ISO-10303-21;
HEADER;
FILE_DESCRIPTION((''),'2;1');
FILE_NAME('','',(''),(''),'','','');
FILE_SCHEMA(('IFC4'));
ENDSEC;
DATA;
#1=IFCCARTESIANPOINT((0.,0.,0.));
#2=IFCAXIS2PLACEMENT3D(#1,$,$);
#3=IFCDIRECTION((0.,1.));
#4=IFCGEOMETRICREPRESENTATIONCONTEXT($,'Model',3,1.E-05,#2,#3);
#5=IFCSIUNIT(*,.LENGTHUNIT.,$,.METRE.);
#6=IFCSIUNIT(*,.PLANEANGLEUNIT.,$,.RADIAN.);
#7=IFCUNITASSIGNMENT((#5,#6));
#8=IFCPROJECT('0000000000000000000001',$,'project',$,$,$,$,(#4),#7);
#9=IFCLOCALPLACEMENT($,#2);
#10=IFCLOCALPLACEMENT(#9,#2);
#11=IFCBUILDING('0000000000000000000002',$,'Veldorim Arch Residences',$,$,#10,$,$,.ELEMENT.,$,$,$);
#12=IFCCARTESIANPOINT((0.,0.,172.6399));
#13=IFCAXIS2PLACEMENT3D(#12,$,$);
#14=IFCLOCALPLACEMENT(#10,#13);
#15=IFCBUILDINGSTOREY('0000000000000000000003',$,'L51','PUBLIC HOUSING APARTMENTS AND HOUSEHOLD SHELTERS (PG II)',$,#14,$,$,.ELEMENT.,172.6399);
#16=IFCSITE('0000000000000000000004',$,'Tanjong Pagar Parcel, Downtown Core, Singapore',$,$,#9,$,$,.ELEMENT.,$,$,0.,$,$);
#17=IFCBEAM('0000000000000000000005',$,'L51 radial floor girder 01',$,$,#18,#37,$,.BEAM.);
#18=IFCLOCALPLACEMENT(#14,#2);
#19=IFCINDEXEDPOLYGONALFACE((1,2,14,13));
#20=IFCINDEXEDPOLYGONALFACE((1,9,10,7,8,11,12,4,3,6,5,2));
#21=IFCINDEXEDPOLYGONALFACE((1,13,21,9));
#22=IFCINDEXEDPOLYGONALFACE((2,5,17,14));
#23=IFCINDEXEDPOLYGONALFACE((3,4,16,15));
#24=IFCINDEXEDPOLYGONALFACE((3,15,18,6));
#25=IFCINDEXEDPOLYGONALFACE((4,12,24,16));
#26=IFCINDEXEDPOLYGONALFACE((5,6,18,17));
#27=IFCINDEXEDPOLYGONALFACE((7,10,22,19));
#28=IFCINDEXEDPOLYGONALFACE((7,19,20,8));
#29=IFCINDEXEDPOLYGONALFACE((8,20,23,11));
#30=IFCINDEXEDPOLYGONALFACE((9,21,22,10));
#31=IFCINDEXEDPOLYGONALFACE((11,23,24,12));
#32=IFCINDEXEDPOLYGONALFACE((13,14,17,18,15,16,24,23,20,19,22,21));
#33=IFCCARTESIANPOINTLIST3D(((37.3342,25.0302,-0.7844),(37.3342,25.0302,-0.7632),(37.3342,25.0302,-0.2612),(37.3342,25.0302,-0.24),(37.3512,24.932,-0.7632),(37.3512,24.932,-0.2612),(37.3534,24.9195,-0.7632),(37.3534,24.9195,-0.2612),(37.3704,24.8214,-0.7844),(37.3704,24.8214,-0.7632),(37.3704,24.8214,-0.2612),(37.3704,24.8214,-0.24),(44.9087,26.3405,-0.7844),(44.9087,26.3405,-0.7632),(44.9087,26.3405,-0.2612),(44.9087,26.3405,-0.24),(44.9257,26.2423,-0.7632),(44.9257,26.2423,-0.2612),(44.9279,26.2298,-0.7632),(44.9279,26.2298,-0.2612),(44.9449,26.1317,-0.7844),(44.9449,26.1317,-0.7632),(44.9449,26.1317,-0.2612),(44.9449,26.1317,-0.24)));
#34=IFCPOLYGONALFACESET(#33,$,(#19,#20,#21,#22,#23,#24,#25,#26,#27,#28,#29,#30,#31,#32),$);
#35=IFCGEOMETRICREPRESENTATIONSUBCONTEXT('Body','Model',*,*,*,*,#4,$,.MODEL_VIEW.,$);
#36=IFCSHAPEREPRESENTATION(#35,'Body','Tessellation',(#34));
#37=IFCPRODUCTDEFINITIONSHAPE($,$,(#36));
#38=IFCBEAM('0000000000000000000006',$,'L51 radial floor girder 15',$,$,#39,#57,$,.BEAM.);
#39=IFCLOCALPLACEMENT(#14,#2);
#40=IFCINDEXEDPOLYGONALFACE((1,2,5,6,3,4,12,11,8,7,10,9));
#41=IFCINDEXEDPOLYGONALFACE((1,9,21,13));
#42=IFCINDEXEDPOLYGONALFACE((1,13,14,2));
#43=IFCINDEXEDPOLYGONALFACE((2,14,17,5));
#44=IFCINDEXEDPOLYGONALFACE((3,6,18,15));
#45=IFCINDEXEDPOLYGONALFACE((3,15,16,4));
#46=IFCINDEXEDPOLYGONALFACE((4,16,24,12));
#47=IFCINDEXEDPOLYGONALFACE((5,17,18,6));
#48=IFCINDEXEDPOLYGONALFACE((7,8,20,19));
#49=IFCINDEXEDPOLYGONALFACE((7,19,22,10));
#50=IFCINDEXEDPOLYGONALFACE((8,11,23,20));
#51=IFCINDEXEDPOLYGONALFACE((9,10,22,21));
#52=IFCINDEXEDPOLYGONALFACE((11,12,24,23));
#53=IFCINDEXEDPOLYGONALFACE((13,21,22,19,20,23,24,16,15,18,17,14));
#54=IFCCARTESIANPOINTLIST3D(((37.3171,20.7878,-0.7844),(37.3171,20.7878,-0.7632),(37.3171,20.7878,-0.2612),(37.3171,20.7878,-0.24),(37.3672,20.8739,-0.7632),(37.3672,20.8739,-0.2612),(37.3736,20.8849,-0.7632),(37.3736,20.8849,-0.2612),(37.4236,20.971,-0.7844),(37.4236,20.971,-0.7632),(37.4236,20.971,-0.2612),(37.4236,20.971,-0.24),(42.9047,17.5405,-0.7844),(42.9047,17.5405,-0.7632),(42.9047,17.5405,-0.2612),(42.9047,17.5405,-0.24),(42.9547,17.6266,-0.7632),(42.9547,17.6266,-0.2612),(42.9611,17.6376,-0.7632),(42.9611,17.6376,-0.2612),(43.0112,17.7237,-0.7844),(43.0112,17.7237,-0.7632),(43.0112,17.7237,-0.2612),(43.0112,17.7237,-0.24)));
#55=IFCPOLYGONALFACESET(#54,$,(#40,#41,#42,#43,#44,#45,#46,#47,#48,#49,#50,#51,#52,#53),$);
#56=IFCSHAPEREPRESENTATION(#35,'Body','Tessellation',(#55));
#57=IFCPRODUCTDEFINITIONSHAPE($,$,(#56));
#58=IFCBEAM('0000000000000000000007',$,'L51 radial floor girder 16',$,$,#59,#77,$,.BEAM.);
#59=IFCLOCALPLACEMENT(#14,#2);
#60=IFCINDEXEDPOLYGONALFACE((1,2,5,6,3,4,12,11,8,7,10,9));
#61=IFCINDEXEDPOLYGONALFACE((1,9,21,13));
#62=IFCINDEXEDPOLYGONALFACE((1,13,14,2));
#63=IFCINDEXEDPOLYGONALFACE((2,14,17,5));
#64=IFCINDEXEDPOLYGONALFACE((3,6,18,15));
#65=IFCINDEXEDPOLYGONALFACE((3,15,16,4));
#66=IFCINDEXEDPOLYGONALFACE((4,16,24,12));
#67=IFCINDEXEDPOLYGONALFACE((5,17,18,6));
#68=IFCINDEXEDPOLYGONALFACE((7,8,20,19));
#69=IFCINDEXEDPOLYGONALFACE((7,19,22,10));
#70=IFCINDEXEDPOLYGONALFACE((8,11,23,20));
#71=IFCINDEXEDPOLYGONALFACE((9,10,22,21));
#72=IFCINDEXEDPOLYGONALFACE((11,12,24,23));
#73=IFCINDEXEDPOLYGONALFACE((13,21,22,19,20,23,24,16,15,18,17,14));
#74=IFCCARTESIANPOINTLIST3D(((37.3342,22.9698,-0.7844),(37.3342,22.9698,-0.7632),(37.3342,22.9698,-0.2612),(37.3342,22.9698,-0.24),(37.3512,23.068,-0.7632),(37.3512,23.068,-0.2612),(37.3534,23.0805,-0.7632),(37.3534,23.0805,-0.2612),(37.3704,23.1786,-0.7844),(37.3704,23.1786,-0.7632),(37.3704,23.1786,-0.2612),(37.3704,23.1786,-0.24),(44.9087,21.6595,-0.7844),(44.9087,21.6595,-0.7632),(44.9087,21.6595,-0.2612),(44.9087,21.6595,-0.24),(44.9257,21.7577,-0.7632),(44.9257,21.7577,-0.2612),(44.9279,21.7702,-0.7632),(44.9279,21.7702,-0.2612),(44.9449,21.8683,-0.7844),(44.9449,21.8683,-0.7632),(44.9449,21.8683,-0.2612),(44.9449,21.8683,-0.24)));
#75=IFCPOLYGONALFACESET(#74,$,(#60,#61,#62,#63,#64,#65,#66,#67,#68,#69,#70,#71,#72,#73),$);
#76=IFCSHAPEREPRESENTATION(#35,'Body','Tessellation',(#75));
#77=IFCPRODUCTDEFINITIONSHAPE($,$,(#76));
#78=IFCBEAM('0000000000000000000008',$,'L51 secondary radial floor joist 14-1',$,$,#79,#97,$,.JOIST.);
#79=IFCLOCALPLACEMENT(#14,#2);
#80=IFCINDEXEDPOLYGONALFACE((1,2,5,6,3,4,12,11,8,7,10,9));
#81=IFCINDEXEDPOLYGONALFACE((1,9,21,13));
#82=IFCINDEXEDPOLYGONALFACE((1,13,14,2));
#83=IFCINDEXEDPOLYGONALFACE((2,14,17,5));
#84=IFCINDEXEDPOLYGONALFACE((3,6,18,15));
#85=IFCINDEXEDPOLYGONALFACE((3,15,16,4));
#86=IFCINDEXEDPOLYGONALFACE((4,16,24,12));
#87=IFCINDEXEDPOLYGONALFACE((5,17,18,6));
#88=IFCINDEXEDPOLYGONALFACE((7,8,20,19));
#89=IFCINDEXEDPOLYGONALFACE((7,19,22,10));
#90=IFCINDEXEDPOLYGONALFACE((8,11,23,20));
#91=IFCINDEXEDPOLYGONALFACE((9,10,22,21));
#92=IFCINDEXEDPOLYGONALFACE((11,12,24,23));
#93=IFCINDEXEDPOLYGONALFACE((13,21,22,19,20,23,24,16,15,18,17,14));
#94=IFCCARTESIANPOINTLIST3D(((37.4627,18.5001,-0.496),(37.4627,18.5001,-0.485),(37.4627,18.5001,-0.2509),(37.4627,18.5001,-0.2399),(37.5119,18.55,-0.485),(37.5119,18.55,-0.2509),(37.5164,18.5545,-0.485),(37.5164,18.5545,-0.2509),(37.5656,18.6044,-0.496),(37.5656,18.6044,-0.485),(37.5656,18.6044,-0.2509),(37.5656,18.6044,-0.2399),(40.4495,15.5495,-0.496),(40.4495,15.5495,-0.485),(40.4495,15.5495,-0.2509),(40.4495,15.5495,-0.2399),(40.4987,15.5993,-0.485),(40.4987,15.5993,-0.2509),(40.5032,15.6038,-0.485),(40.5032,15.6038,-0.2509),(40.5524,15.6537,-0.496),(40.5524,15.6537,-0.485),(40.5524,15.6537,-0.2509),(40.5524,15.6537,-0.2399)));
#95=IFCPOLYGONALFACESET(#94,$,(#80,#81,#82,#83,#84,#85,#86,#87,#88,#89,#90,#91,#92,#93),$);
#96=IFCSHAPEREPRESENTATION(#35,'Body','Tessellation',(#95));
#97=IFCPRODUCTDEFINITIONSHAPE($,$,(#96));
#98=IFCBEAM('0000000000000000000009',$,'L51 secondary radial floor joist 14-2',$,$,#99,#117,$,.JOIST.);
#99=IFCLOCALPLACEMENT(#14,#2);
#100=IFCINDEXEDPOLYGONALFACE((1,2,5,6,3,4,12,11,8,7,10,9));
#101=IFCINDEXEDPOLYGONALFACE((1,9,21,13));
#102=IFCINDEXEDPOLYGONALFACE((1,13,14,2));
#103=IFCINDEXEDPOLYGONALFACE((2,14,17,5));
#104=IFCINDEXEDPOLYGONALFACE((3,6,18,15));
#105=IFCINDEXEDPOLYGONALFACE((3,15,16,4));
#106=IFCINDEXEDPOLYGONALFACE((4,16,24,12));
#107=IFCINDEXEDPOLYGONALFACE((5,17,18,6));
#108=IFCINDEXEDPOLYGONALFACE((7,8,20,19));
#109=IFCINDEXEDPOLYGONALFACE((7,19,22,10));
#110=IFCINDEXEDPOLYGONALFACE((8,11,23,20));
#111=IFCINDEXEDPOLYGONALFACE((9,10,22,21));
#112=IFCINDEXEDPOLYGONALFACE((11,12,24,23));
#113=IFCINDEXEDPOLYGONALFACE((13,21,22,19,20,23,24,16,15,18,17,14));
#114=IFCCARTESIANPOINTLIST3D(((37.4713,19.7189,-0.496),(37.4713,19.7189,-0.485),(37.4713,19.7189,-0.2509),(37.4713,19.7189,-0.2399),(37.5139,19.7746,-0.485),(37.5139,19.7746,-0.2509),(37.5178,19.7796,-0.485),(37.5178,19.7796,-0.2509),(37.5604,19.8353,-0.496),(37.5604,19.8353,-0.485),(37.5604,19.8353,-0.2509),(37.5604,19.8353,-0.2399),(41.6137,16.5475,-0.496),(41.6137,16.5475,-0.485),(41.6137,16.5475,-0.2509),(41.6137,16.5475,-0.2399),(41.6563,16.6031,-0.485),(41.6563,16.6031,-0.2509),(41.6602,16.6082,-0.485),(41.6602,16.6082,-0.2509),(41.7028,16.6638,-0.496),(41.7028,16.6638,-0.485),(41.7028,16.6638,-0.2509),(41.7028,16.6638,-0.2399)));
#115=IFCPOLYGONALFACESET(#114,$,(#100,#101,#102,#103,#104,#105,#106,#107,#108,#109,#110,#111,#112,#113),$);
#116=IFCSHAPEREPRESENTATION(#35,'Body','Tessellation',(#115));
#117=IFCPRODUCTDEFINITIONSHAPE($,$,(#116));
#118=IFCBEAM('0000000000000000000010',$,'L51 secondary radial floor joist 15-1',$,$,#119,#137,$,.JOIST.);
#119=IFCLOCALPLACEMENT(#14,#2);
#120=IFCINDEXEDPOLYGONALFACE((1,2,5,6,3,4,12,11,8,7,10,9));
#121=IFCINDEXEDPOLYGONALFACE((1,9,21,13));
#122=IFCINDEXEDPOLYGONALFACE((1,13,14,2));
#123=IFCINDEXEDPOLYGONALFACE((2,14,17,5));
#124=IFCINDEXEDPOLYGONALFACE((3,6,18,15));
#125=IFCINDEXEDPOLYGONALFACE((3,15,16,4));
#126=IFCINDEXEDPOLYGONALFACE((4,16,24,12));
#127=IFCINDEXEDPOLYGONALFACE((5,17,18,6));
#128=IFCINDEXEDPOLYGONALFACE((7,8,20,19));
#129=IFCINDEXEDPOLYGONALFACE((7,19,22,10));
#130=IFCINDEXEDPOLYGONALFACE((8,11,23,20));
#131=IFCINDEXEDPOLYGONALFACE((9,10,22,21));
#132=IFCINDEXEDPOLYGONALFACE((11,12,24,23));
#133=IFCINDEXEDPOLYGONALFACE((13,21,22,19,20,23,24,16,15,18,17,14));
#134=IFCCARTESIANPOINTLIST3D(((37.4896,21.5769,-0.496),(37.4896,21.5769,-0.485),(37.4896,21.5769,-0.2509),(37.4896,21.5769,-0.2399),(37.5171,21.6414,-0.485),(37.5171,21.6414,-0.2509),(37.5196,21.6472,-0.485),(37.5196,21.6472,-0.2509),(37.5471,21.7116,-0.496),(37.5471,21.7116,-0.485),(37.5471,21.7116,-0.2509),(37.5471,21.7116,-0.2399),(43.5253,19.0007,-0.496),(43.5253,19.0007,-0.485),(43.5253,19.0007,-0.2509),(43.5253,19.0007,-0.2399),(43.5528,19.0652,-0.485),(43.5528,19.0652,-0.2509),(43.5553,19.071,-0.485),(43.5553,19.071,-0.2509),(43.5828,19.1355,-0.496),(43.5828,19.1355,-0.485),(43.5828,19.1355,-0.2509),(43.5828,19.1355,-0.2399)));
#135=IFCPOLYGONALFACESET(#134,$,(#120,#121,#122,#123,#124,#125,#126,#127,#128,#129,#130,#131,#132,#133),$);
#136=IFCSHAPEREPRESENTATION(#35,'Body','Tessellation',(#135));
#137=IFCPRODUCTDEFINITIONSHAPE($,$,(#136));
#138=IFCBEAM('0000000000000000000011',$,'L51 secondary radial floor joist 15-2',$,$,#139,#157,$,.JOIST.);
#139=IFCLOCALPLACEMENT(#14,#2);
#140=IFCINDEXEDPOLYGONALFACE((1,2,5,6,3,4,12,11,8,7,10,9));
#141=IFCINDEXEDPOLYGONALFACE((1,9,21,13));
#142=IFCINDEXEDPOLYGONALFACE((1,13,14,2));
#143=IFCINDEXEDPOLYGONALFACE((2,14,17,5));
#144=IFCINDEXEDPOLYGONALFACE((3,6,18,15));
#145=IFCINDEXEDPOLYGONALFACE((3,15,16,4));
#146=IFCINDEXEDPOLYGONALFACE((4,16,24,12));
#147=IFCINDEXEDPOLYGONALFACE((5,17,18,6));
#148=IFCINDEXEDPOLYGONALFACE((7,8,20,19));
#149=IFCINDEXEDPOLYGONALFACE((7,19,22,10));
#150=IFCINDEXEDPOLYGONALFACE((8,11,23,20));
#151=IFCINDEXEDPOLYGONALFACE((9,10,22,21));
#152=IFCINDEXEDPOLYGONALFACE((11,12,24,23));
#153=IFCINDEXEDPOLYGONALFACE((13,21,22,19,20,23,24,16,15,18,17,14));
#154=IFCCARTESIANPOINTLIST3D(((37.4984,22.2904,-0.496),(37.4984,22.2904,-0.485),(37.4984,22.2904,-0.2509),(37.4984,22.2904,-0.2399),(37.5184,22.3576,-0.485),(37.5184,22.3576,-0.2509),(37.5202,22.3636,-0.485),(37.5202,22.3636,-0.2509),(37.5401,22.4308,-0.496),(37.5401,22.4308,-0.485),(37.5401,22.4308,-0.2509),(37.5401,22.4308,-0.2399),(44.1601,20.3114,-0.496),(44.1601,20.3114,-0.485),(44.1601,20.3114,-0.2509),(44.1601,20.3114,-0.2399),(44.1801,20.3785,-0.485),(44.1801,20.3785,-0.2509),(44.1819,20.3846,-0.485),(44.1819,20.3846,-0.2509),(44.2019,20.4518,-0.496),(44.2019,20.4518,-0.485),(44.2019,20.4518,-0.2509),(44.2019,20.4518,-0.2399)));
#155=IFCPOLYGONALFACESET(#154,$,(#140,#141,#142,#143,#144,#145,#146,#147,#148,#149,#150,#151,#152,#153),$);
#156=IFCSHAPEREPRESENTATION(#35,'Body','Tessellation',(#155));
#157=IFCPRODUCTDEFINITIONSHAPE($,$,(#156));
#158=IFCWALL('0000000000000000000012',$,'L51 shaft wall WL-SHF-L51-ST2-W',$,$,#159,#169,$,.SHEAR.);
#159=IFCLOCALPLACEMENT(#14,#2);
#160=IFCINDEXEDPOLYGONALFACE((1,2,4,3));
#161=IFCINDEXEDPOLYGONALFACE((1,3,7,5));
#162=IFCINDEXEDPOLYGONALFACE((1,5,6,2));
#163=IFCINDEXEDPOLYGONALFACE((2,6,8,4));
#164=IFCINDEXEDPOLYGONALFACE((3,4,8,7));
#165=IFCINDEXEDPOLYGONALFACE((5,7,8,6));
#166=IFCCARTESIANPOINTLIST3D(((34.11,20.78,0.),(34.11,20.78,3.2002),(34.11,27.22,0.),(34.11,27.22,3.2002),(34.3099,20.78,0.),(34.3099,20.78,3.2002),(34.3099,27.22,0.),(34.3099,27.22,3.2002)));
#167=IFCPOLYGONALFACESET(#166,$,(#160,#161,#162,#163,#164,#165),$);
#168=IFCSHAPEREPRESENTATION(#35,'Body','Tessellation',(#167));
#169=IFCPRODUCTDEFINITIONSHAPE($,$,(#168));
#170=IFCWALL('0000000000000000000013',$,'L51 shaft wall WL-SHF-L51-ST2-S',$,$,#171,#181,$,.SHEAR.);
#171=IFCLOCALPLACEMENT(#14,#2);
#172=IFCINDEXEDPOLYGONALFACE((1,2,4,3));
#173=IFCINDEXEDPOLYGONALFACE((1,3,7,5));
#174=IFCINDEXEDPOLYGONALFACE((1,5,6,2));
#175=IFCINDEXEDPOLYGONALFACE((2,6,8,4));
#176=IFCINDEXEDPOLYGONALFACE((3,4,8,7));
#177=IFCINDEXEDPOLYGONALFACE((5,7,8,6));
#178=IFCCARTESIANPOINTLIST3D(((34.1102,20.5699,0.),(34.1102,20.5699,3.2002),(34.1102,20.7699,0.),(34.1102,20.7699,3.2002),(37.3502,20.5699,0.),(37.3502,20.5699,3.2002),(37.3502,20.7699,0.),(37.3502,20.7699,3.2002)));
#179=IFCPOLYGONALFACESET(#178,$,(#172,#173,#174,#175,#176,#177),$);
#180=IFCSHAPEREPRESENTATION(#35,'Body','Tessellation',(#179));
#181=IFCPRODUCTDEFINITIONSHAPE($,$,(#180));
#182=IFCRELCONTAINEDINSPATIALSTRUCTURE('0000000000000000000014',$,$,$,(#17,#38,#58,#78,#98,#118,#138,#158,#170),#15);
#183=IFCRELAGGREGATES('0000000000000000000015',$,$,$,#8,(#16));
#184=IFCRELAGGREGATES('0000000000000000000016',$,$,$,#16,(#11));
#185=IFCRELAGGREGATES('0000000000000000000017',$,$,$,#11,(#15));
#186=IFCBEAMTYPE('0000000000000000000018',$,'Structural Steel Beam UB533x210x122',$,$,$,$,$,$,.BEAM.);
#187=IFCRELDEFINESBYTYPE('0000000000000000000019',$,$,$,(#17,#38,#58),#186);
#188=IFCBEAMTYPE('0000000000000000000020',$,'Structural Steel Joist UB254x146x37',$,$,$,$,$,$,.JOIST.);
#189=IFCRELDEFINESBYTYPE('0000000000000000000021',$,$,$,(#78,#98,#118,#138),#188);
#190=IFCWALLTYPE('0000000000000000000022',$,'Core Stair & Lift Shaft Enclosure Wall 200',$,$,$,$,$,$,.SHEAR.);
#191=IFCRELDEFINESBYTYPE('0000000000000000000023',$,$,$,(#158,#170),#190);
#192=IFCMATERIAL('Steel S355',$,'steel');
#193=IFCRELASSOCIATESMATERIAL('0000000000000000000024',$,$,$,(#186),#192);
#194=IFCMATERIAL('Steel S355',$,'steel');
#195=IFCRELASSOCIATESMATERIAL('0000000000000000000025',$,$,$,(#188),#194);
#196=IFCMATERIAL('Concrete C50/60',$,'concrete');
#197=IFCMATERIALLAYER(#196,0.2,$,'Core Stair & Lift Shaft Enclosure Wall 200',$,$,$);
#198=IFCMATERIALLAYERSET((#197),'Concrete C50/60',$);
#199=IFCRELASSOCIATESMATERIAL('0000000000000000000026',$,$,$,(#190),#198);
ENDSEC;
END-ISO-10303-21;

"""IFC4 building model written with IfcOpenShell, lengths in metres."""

from ifc_helpers import new_model, si_unit, direction, frame, frame_2d, origin, origin_2d, place, context, subcontext, project, spatial, rectangle, i_section, extrude, material, layer, layer_set, material_profile, profile_set, type_object, element, save


model = new_model("IFC4")

# Units and contexts
model_context = context("Model", 3, precision=1e-05, world=origin(), true_north=direction((0.0, 1.0)))
body_context = subcontext(model_context, "Body", "Model", "MODEL_VIEW")
ifc_project = project(units=[si_unit("LENGTHUNIT", "METRE"), si_unit("PLANEANGLEUNIT", "RADIAN")], contexts=[model_context])

# Site, building, storey
site_placement = place(None, origin())
site = spatial("IfcSite", under=ifc_project, at=site_placement, Name="Tanjong Pagar Parcel, Downtown Core, Singapore", CompositionType="ELEMENT", RefElevation=0.0)
building_placement = place(site_placement, origin())
building = spatial("IfcBuilding", under=site, at=building_placement, Name="Veldorim Arch Residences", CompositionType="ELEMENT")
storey_placement = place(building_placement, frame((0.0, 0.0, 172.6399)))
storey = spatial("IfcBuildingStorey", under=building, at=storey_placement, Name="L51", Description="PUBLIC HOUSING APARTMENTS AND HOUSEHOLD SHELTERS (PG II)", CompositionType="ELEMENT", Elevation=172.6399)

# Beams
ifc_material_1 = material(Name="Steel S355", Category="steel")
ifc_material_profile_1 = material_profile(ifc_material_1, i_section(OverallWidth=0.2119, OverallDepth=0.5444, WebThickness=0.0127, FlangeThickness=0.0212, at=origin_2d()), Name="UB533x210x122")
ifc_profile_set_1 = profile_set([ifc_material_profile_1], Name="Steel S355")
beam_type_1 = type_object("IfcBeamType", Name="Structural Steel Beam UB533x210x122", PredefinedType="BEAM", material=ifc_profile_set_1)
beam_1_placement = place(storey_placement, frame((37.3523, 24.9258, -0.5122), z_axis=(0.985365, 0.170458, 0.0), x_axis=(-0.170458, 0.985365, 0.0)))
element("IfcBeam", 1, at=beam_1_placement, inside=storey, type_object=beam_type_1, Name="L51 radial floor girder 01", PredefinedType="BEAM", context=body_context, shape_type="SweptSolid", body=[
    extrude(i_section(OverallWidth=0.2119, OverallDepth=0.5444, WebThickness=0.0127, FlangeThickness=0.0212, at=origin_2d()), origin(), (0.0, 0.0, 1.0), 7.687),
])
beam_2_placement = place(storey_placement, frame((37.3704, 20.8794, -0.5122), z_axis=(0.864596, -0.502468, 0.0), x_axis=(0.502468, 0.864596, 0.0)))
element("IfcBeam", 2, at=beam_2_placement, inside=storey, type_object=beam_type_1, Name="L51 radial floor girder 15", PredefinedType="BEAM", context=body_context, shape_type="SweptSolid", body=[
    extrude(i_section(OverallWidth=0.2119, OverallDepth=0.5444, WebThickness=0.0127, FlangeThickness=0.0212, at=origin_2d()), origin(), (0.0, 0.0, 1.0), 6.4626),
])
beam_3_placement = place(storey_placement, frame((37.3523, 23.0742, -0.5122), z_axis=(0.985365, -0.170458, 0.0), x_axis=(0.170458, 0.985365, 0.0)))
element("IfcBeam", 3, at=beam_3_placement, inside=storey, type_object=beam_type_1, Name="L51 radial floor girder 16", PredefinedType="BEAM", context=body_context, shape_type="SweptSolid", body=[
    extrude(i_section(OverallWidth=0.2119, OverallDepth=0.5444, WebThickness=0.0127, FlangeThickness=0.0212, at=origin_2d()), origin(), (0.0, 0.0, 1.0), 7.687),
])
ifc_material_2 = material(Name="Steel S355", Category="steel")
ifc_material_profile_2 = material_profile(ifc_material_2, i_section(OverallWidth=0.1465, OverallDepth=0.2561, WebThickness=0.0063, FlangeThickness=0.011, at=origin_2d()), Name="UB254x146x37")
ifc_profile_set_2 = profile_set([ifc_material_profile_2], Name="Steel S355")
beam_type_2 = type_object("IfcBeamType", Name="Structural Steel Joist UB254x146x37", PredefinedType="JOIST", material=ifc_profile_set_2)
beam_4_placement = place(storey_placement, frame((37.5142, 18.5522, -0.3679), z_axis=(0.711397, -0.702791, 0.0), x_axis=(0.702791, 0.711397, 0.0)))
element("IfcBeam", 4, at=beam_4_placement, inside=storey, type_object=beam_type_2, Name="L51 secondary radial floor joist 14-1", PredefinedType="JOIST", context=body_context, shape_type="SweptSolid", body=[
    extrude(i_section(OverallWidth=0.1465, OverallDepth=0.2561, WebThickness=0.0063, FlangeThickness=0.011, at=origin_2d()), origin(), (0.0, 0.0, 1.0), 4.1985),
])
beam_5_placement = place(storey_placement, frame((37.5159, 19.7771, -0.3679), z_axis=(0.794014, -0.6079, 0.0), x_axis=(0.6079, 0.794014, 0.0)))
element("IfcBeam", 5, at=beam_5_placement, inside=storey, type_object=beam_type_2, Name="L51 secondary radial floor joist 14-2", PredefinedType="JOIST", context=body_context, shape_type="SweptSolid", body=[
    extrude(i_section(OverallWidth=0.1465, OverallDepth=0.2561, WebThickness=0.0063, FlangeThickness=0.011, at=origin_2d()), origin(), (0.0, 0.0, 1.0), 5.217),
])
beam_6_placement = place(storey_placement, frame((37.5183, 21.6443, -0.3679), z_axis=(0.919725, -0.392563, 0.0), x_axis=(0.392563, 0.919725, 0.0)))
element("IfcBeam", 6, at=beam_6_placement, inside=storey, type_object=beam_type_2, Name="L51 secondary radial floor joist 15-1", PredefinedType="JOIST", context=body_context, shape_type="SweptSolid", body=[
    extrude(i_section(OverallWidth=0.1465, OverallDepth=0.2561, WebThickness=0.0063, FlangeThickness=0.011, at=origin_2d()), origin(), (0.0, 0.0, 1.0), 6.5625),
])
beam_7_placement = place(storey_placement, frame((37.5193, 22.3606, -0.3679), z_axis=(0.958594, -0.284775, 0.0), x_axis=(0.284775, 0.958594, 0.0)))
element("IfcBeam", 7, at=beam_7_placement, inside=storey, type_object=beam_type_2, Name="L51 secondary radial floor joist 15-2", PredefinedType="JOIST", context=body_context, shape_type="SweptSolid", body=[
    extrude(i_section(OverallWidth=0.1465, OverallDepth=0.2561, WebThickness=0.0063, FlangeThickness=0.011, at=origin_2d()), origin(), (0.0, 0.0, 1.0), 6.9495),
])

# Walls
ifc_material_3 = material(Name="Concrete C50/60", Category="concrete")
ifc_layer = layer(ifc_material_3, 0.2, Name="Core Stair & Lift Shaft Enclosure Wall 200")
ifc_layer_set = layer_set([ifc_layer], Name="Concrete C50/60")
wall_type = type_object("IfcWallType", Name="Core Stair & Lift Shaft Enclosure Wall 200", PredefinedType="SHEAR", material=ifc_layer_set)
wall_1_placement = place(storey_placement, frame((34.21, 20.78, 0.0), z_axis=(0.0, 0.0, 1.0), x_axis=(0.0, 1.0, 0.0)))
element("IfcWall", 8, at=wall_1_placement, inside=storey, type_object=wall_type, Name="L51 shaft wall WL-SHF-L51-ST2-W", PredefinedType="SHEAR", context=body_context, shape_type="SweptSolid", body=[
    extrude(rectangle(XDim=6.4399, YDim=0.2, at=frame_2d((3.22, 0.0))), origin(), (0.0, 0.0, 1.0), 3.2002),
])
wall_2_placement = place(storey_placement, frame((34.1101, 20.6699, 0.0), z_axis=(0.0, 0.0, 1.0), x_axis=(1.0, 0.0, 0.0)))
element("IfcWall", 9, at=wall_2_placement, inside=storey, type_object=wall_type, Name="L51 shaft wall WL-SHF-L51-ST2-S", PredefinedType="SHEAR", context=body_context, shape_type="SweptSolid", body=[
    extrude(rectangle(XDim=3.24, YDim=0.2, at=frame_2d((1.6201, 0.0))), origin(), (0.0, 0.0, 1.0), 3.2002),
])

save(model, "model.ifc")
